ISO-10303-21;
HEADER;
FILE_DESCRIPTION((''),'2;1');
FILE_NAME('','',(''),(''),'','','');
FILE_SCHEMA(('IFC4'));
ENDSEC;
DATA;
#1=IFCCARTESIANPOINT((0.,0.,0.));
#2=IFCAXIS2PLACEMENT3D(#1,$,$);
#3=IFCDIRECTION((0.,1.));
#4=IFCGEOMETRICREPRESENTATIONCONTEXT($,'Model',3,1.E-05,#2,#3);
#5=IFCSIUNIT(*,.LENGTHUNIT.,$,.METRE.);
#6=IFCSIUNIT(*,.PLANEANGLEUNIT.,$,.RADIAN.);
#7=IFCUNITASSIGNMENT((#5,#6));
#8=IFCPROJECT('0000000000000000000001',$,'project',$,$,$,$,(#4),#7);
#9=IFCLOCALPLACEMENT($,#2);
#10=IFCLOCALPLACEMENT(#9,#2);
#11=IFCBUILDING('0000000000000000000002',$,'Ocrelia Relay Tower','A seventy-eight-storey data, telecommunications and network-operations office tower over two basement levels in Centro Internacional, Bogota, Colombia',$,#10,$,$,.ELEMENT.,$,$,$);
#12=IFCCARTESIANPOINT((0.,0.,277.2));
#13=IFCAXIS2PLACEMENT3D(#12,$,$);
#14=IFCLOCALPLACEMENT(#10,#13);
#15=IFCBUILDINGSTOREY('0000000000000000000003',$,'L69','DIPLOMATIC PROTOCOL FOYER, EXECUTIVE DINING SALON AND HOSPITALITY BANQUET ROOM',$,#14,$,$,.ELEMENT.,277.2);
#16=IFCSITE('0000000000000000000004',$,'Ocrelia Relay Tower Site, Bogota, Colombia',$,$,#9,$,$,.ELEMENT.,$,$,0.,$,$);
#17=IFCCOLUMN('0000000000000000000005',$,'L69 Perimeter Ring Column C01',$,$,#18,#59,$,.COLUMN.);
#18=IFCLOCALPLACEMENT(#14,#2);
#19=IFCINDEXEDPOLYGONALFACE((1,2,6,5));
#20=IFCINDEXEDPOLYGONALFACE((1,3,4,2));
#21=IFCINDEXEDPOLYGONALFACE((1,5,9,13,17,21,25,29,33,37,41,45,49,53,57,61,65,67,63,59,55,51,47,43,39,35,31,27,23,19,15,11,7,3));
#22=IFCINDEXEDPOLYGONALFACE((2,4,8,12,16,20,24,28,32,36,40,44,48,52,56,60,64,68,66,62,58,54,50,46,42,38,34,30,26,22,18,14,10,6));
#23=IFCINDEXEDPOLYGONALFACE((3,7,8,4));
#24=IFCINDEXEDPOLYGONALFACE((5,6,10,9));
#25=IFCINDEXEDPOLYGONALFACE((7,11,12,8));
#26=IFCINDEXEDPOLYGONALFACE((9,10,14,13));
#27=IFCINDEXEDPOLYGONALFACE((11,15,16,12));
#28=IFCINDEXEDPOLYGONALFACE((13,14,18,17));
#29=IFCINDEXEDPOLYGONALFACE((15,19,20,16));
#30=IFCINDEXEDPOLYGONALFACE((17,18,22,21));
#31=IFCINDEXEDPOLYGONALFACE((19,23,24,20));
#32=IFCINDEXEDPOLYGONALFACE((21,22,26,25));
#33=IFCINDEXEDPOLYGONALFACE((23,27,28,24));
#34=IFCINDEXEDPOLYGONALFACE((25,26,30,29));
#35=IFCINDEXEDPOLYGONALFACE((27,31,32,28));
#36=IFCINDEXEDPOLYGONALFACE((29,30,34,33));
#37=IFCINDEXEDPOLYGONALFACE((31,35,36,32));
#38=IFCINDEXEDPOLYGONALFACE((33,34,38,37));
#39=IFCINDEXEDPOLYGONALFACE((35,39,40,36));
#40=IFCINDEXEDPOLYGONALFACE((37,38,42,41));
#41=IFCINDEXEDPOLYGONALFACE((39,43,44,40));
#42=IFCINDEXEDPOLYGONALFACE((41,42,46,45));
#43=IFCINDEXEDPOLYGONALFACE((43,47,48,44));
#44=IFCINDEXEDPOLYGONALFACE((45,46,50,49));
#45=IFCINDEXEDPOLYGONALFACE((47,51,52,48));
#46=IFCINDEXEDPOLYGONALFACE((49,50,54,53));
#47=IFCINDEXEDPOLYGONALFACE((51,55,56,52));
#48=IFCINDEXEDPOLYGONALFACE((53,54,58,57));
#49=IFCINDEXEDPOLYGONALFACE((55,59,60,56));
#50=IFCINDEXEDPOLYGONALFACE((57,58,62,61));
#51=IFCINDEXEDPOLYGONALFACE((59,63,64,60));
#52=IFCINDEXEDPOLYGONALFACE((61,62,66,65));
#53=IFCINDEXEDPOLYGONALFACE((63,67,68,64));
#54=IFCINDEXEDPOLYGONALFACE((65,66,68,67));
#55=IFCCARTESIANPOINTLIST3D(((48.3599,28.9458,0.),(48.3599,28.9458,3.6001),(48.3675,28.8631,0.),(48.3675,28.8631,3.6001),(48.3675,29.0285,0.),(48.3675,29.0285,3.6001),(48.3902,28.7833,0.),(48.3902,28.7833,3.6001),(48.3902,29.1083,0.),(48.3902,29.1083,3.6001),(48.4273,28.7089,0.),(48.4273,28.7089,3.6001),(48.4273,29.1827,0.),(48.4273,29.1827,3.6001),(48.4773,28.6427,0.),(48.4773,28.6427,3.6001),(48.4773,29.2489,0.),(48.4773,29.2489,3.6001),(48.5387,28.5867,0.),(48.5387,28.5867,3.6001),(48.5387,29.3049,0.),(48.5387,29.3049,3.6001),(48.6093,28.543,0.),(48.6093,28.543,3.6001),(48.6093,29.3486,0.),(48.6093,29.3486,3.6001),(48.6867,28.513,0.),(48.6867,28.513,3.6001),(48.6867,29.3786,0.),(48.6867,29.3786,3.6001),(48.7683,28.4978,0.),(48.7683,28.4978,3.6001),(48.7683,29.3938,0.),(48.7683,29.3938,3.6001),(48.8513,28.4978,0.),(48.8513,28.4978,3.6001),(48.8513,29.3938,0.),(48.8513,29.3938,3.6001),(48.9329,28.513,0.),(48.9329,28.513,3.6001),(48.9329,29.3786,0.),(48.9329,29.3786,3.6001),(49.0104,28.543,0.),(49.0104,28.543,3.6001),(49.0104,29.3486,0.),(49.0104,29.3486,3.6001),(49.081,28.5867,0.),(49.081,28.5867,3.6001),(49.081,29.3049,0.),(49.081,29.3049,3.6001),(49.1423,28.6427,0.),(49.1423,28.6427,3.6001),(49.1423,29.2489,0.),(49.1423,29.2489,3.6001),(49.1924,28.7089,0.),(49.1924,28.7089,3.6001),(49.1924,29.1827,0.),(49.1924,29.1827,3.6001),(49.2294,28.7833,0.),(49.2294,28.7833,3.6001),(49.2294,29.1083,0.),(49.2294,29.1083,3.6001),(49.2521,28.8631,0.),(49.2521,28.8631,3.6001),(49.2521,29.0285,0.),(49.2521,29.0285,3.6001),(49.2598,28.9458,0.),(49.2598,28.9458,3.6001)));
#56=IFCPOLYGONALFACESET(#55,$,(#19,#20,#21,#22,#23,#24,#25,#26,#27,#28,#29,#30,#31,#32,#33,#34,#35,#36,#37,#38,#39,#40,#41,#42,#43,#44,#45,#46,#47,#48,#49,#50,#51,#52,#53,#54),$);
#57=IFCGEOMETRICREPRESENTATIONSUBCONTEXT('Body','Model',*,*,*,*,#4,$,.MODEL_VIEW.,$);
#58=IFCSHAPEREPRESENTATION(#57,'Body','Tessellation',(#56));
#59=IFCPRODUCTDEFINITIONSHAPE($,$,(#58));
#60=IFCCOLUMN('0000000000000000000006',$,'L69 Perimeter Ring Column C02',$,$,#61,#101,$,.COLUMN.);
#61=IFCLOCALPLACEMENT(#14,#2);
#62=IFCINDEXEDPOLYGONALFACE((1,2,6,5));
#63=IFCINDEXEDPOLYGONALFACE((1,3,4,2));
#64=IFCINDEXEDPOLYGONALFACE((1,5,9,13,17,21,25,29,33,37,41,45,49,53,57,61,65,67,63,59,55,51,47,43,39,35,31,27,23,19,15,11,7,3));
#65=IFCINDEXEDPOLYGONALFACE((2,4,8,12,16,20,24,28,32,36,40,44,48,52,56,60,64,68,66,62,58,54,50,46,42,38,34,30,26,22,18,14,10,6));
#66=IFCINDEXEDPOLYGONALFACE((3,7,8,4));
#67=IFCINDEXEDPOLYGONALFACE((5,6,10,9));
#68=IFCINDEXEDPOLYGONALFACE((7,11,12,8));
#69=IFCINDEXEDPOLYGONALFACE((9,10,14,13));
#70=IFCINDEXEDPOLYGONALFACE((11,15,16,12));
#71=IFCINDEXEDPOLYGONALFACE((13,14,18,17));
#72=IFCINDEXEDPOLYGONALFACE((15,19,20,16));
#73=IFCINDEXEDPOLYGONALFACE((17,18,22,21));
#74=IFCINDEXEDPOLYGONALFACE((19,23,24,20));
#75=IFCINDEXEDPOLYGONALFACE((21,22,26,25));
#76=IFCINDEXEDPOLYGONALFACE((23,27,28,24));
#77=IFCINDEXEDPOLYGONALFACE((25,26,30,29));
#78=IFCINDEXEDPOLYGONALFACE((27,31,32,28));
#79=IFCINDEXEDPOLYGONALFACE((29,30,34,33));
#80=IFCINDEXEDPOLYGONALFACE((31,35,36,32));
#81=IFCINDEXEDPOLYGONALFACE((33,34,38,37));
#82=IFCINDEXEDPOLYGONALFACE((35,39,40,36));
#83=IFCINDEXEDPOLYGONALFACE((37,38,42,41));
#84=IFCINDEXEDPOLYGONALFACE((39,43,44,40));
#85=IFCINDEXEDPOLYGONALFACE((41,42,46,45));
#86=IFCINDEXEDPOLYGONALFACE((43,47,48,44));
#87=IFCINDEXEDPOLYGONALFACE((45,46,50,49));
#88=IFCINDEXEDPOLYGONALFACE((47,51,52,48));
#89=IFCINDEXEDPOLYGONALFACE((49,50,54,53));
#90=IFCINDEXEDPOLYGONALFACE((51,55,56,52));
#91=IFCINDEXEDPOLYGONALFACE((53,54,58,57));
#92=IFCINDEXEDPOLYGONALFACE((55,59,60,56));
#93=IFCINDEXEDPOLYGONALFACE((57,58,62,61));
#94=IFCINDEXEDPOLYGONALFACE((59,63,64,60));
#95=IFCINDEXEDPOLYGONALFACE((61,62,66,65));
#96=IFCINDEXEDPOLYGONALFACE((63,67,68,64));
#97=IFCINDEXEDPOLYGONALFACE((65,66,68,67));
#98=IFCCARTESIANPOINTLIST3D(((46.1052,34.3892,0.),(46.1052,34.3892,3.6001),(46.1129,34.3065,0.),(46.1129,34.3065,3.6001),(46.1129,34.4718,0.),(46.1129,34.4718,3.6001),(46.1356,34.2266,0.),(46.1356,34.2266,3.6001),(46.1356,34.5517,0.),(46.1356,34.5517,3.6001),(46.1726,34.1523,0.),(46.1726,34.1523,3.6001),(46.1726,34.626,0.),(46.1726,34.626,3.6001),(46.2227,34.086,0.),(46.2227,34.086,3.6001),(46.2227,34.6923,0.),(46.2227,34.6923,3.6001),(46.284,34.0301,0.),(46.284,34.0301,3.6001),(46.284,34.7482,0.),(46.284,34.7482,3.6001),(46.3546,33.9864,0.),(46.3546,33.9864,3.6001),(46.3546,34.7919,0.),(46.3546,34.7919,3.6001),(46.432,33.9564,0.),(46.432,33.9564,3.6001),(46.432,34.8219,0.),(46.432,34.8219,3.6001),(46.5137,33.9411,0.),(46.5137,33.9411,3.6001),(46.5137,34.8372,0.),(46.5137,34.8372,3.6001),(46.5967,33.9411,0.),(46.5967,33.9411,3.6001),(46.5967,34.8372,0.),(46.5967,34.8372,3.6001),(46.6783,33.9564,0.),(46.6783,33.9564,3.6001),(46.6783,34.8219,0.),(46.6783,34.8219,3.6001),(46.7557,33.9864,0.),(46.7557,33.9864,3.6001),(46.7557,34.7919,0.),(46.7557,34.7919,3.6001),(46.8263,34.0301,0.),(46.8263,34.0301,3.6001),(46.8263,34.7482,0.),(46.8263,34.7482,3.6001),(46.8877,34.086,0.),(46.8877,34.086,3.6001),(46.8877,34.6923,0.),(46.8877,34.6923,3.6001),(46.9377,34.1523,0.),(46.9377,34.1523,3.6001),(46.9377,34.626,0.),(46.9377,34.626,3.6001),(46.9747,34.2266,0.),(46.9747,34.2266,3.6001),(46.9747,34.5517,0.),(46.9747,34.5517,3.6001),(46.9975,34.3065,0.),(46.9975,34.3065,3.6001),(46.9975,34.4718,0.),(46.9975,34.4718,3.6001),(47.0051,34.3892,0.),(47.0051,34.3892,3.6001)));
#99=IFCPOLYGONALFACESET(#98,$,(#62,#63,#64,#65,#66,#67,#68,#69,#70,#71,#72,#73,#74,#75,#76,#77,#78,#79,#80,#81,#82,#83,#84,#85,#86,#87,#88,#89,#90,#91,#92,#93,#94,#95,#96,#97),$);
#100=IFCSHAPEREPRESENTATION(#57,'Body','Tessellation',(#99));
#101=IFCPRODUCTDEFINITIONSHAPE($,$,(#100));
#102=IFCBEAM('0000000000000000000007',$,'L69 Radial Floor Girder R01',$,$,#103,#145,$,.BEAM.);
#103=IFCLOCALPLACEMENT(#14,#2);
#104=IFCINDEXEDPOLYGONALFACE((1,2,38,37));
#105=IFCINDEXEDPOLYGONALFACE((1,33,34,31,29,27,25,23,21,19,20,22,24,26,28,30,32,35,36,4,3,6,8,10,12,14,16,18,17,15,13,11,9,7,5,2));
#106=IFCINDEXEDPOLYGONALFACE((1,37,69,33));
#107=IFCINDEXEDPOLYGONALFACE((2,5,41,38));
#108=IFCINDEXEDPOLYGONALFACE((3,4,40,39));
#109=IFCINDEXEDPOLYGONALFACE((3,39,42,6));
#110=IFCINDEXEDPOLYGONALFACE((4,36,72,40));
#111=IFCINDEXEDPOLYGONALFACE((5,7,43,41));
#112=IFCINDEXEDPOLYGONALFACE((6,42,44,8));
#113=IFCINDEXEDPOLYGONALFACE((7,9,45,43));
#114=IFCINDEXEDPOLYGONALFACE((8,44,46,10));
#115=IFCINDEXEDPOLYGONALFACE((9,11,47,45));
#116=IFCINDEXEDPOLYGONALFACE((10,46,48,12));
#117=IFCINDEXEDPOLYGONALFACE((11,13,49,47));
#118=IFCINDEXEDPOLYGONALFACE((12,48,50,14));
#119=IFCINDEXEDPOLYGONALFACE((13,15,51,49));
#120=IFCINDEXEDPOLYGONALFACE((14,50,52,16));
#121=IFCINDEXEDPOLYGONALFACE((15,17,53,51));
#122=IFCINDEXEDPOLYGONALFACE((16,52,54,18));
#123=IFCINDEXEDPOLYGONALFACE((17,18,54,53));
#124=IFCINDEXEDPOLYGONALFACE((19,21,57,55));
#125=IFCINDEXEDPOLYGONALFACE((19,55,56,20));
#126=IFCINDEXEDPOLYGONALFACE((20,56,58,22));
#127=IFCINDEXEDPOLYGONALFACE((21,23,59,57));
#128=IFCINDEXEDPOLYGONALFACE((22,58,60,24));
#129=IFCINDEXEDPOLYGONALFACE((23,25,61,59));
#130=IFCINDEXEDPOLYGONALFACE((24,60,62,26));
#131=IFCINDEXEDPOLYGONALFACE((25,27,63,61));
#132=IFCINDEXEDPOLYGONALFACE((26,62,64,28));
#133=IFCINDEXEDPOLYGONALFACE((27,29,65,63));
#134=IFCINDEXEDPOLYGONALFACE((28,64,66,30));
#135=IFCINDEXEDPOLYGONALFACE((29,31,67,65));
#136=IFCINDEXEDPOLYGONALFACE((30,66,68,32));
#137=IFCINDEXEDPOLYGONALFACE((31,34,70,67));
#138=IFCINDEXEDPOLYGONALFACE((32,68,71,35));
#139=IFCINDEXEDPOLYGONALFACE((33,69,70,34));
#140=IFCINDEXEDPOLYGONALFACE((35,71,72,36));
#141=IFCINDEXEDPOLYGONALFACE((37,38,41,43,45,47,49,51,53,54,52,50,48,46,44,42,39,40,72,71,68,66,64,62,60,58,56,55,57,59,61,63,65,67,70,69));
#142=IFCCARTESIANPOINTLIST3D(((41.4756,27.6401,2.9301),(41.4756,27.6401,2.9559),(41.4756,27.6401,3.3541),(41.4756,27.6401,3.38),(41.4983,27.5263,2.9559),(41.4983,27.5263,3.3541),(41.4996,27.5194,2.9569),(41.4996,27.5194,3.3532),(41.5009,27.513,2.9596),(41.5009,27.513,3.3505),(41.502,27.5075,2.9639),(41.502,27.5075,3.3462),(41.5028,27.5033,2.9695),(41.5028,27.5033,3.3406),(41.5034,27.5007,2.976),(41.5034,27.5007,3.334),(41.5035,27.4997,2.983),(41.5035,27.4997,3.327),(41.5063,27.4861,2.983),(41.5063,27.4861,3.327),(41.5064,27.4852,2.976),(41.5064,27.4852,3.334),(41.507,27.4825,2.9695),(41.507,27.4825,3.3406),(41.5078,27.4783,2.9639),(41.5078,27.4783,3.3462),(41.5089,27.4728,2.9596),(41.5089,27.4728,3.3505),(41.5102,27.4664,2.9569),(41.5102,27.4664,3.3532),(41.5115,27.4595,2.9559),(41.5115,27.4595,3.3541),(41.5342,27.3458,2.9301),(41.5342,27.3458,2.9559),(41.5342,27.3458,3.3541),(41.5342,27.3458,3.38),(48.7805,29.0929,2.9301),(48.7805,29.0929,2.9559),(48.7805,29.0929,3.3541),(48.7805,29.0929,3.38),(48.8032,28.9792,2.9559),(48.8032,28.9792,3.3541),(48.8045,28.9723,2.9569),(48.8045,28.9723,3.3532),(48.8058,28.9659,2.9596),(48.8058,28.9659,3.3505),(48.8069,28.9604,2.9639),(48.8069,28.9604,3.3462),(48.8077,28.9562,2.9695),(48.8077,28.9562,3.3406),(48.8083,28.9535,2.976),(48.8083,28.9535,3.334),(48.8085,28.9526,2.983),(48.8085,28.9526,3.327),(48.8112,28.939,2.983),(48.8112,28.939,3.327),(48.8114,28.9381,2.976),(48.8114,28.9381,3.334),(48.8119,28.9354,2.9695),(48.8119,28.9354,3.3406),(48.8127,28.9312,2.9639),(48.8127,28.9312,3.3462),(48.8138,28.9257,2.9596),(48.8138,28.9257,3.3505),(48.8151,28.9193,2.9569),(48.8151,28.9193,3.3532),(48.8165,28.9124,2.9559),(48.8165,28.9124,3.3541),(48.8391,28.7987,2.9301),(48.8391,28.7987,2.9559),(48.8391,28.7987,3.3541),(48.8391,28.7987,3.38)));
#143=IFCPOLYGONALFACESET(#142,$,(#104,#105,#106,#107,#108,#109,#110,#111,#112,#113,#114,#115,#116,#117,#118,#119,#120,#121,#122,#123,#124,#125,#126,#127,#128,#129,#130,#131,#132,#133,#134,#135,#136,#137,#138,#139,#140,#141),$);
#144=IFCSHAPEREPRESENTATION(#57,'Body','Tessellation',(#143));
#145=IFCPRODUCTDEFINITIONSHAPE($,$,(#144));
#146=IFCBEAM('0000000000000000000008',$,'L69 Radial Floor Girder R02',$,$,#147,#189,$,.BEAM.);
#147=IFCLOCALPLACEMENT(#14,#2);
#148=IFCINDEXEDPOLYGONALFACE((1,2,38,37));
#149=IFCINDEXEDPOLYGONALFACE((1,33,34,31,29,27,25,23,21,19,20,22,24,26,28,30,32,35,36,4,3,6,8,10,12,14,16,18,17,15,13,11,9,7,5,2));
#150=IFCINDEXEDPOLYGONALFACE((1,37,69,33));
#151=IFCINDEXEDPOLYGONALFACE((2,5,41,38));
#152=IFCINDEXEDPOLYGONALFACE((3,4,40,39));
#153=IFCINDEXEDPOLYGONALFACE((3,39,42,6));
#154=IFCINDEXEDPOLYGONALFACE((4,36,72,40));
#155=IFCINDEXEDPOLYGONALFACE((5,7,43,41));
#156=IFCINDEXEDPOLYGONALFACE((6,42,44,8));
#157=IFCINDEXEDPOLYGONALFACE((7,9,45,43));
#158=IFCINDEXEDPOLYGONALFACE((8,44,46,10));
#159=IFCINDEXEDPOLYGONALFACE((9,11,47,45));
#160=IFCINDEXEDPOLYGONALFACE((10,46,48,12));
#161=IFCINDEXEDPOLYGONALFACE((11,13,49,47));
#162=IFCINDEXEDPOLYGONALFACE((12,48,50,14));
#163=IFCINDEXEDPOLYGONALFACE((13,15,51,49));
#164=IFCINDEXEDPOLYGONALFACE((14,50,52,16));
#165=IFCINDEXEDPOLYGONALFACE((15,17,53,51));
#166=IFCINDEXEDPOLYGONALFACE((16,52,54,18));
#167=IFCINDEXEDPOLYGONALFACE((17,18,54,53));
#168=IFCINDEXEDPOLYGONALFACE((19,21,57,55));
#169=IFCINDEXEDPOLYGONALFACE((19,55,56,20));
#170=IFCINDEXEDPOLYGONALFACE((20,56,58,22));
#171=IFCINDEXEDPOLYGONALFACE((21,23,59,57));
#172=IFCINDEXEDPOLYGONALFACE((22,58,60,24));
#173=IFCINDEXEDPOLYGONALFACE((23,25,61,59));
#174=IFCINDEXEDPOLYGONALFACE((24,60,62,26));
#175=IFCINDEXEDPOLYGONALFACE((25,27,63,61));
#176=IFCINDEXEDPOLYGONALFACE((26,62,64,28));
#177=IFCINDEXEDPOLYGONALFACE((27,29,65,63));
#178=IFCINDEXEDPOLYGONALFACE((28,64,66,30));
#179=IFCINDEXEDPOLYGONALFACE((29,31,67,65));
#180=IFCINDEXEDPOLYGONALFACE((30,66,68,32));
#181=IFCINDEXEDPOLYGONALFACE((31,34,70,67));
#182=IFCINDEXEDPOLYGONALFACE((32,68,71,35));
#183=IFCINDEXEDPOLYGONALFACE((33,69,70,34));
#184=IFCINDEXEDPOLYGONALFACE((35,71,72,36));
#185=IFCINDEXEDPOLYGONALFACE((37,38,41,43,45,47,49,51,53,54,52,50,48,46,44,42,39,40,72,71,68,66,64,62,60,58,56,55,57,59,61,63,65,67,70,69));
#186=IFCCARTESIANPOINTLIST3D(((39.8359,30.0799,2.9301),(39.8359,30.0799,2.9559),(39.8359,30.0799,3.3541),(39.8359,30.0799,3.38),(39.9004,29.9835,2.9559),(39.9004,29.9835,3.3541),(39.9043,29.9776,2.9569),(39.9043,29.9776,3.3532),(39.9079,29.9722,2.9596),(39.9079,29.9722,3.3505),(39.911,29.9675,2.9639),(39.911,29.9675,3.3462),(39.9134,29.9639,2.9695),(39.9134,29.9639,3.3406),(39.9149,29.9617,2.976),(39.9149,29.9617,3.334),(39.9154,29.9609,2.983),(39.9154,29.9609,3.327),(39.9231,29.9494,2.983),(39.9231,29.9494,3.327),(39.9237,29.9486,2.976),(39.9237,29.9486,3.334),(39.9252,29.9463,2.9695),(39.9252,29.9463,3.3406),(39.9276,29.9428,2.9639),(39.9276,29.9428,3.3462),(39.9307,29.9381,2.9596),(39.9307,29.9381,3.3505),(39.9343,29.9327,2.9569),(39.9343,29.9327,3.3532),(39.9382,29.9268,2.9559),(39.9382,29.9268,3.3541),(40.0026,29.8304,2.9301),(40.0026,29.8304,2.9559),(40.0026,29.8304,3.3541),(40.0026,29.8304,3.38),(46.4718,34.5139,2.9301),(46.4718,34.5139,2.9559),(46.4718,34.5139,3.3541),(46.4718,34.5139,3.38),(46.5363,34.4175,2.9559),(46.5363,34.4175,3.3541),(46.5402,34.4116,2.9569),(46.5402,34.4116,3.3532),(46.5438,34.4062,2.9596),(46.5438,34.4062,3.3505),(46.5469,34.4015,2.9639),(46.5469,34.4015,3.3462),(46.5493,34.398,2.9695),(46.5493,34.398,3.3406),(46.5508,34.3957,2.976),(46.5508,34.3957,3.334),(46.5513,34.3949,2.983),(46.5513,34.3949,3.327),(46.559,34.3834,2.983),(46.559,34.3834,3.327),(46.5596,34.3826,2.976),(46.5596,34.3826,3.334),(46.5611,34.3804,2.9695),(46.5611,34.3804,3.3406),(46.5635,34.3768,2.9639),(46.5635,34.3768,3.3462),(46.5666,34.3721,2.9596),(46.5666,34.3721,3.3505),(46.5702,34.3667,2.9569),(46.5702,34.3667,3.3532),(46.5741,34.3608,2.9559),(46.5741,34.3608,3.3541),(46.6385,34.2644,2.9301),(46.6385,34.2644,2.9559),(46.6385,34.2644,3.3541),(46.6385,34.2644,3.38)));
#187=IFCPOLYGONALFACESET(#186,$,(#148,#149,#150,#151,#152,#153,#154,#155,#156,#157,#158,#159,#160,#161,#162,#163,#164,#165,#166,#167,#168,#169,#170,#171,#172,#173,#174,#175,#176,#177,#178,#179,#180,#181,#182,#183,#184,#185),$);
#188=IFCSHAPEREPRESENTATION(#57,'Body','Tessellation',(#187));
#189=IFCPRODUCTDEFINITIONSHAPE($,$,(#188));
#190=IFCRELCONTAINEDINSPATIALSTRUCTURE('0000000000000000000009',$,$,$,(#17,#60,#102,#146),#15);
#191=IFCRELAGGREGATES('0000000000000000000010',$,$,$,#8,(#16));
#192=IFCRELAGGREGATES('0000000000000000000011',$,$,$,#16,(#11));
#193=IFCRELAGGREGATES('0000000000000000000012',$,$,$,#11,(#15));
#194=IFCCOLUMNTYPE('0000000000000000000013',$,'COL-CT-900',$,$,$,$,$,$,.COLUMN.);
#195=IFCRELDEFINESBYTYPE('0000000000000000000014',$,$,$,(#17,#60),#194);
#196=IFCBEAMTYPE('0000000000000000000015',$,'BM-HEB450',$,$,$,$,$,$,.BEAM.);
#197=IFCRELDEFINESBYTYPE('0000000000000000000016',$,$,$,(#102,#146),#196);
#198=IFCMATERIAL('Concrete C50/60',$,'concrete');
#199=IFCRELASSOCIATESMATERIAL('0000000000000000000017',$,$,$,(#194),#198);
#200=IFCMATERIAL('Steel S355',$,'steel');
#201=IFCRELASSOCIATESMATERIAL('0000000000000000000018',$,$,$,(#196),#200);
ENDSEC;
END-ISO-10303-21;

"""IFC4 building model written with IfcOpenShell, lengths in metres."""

from ifc_helpers import new_model, si_unit, direction, frame, origin, origin_2d, place, context, subcontext, project, spatial, circle, i_section, extrude, material, material_profile, profile_set, type_object, element, save


model = new_model("IFC4")

# Units and contexts
model_context = context("Model", 3, precision=1e-05, world=origin(), true_north=direction((0.0, 1.0)))
body_context = subcontext(model_context, "Body", "Model", "MODEL_VIEW")
ifc_project = project(units=[si_unit("LENGTHUNIT", "METRE"), si_unit("PLANEANGLEUNIT", "RADIAN")], contexts=[model_context])

# Site, building, storey
site_placement = place(None, origin())
site = spatial("IfcSite", under=ifc_project, at=site_placement, Name="Ocrelia Relay Tower Site, Bogota, Colombia", CompositionType="ELEMENT", RefElevation=0.0)
building_placement = place(site_placement, origin())
building = spatial("IfcBuilding", under=site, at=building_placement, Name="Ocrelia Relay Tower", Description="A seventy-eight-storey data, telecommunications and network-operations office tower over two basement levels in Centro Internacional, Bogota, Colombia", CompositionType="ELEMENT")
storey_placement = place(building_placement, frame((0.0, 0.0, 277.2)))
storey = spatial("IfcBuildingStorey", under=building, at=storey_placement, Name="L69", Description="DIPLOMATIC PROTOCOL FOYER, EXECUTIVE DINING SALON AND HOSPITALITY BANQUET ROOM", CompositionType="ELEMENT", Elevation=277.2)

# Columns
ifc_material_1 = material(Name="Concrete C50/60", Category="concrete")
ifc_material_profile_1 = material_profile(ifc_material_1, circle(Radius=0.45, at=origin_2d()), Name="RC-CIR-900")
ifc_profile_set_1 = profile_set([ifc_material_profile_1], Name="Concrete C50/60")
column_type = type_object("IfcColumnType", Name="COL-CT-900", PredefinedType="COLUMN", material=ifc_profile_set_1)
for number, where, z_axis, x_axis, name in (
    (1, (48.8098, 28.9458, 0.0), (0.0, 0.0, 1.0), (1.0, 0.0, 0.0), "L69 Perimeter Ring Column C01"),
    (2, (46.5552, 34.3892, 0.0), (0.0, 0.0, 1.0), (1.0, 0.0, 0.0), "L69 Perimeter Ring Column C02"),
):
    element("IfcColumn", number, at=place(storey_placement, frame(where, z_axis=z_axis, x_axis=x_axis)), inside=storey, type_object=column_type, Name=name, PredefinedType="COLUMN", context=body_context, shape_type="SweptSolid", body=[
        extrude(circle(Radius=0.45, at=origin_2d()), origin(), (0.0, 0.0, 1.0), 3.6001),
    ])

# Beams
ifc_material_2 = material(Name="Steel S355", Category="steel")
ifc_material_profile_2 = material_profile(ifc_material_2, i_section(OverallWidth=0.3, OverallDepth=0.45, WebThickness=0.0139, FlangeThickness=0.0259, FilletRadius=0.0271, at=origin_2d()), Name="HEB 450")
ifc_profile_set_2 = profile_set([ifc_material_profile_2], Name="Steel S355")
beam_type_1 = type_object("IfcBeamType", Name="BM-HEB450", PredefinedType="BEAM", material=ifc_profile_set_2)
beam_1_placement = place(storey_placement, frame((48.8098, 28.9458, 3.155), z_axis=(-0.980789, -0.19507, 0.0), x_axis=(0.19507, -0.980789, 0.0)))
element("IfcBeam", 3, at=beam_1_placement, inside=storey, type_object=beam_type_1, Name="L69 Radial Floor Girder R01", PredefinedType="BEAM", context=body_context, shape_type="SweptSolid", body=[
    extrude(i_section(OverallWidth=0.3, OverallDepth=0.45, WebThickness=0.0139, FlangeThickness=0.0259, FilletRadius=0.0271, at=origin_2d()), origin(), (0.0, 0.0, 1.0), 7.448),
])
beam_2_placement = place(storey_placement, frame((46.5552, 34.3892, 3.155), z_axis=(-0.831466, -0.555575, 0.0), x_axis=(0.555575, -0.831466, 0.0)))
element("IfcBeam", 4, at=beam_2_placement, inside=storey, type_object=beam_type_1, Name="L69 Radial Floor Girder R02", PredefinedType="BEAM", context=body_context, shape_type="SweptSolid", body=[
    extrude(i_section(OverallWidth=0.3, OverallDepth=0.45, WebThickness=0.0139, FlangeThickness=0.0259, FilletRadius=0.0271, at=origin_2d()), origin(), (0.0, 0.0, 1.0), 7.981),
])

save(model, "model.ifc")
